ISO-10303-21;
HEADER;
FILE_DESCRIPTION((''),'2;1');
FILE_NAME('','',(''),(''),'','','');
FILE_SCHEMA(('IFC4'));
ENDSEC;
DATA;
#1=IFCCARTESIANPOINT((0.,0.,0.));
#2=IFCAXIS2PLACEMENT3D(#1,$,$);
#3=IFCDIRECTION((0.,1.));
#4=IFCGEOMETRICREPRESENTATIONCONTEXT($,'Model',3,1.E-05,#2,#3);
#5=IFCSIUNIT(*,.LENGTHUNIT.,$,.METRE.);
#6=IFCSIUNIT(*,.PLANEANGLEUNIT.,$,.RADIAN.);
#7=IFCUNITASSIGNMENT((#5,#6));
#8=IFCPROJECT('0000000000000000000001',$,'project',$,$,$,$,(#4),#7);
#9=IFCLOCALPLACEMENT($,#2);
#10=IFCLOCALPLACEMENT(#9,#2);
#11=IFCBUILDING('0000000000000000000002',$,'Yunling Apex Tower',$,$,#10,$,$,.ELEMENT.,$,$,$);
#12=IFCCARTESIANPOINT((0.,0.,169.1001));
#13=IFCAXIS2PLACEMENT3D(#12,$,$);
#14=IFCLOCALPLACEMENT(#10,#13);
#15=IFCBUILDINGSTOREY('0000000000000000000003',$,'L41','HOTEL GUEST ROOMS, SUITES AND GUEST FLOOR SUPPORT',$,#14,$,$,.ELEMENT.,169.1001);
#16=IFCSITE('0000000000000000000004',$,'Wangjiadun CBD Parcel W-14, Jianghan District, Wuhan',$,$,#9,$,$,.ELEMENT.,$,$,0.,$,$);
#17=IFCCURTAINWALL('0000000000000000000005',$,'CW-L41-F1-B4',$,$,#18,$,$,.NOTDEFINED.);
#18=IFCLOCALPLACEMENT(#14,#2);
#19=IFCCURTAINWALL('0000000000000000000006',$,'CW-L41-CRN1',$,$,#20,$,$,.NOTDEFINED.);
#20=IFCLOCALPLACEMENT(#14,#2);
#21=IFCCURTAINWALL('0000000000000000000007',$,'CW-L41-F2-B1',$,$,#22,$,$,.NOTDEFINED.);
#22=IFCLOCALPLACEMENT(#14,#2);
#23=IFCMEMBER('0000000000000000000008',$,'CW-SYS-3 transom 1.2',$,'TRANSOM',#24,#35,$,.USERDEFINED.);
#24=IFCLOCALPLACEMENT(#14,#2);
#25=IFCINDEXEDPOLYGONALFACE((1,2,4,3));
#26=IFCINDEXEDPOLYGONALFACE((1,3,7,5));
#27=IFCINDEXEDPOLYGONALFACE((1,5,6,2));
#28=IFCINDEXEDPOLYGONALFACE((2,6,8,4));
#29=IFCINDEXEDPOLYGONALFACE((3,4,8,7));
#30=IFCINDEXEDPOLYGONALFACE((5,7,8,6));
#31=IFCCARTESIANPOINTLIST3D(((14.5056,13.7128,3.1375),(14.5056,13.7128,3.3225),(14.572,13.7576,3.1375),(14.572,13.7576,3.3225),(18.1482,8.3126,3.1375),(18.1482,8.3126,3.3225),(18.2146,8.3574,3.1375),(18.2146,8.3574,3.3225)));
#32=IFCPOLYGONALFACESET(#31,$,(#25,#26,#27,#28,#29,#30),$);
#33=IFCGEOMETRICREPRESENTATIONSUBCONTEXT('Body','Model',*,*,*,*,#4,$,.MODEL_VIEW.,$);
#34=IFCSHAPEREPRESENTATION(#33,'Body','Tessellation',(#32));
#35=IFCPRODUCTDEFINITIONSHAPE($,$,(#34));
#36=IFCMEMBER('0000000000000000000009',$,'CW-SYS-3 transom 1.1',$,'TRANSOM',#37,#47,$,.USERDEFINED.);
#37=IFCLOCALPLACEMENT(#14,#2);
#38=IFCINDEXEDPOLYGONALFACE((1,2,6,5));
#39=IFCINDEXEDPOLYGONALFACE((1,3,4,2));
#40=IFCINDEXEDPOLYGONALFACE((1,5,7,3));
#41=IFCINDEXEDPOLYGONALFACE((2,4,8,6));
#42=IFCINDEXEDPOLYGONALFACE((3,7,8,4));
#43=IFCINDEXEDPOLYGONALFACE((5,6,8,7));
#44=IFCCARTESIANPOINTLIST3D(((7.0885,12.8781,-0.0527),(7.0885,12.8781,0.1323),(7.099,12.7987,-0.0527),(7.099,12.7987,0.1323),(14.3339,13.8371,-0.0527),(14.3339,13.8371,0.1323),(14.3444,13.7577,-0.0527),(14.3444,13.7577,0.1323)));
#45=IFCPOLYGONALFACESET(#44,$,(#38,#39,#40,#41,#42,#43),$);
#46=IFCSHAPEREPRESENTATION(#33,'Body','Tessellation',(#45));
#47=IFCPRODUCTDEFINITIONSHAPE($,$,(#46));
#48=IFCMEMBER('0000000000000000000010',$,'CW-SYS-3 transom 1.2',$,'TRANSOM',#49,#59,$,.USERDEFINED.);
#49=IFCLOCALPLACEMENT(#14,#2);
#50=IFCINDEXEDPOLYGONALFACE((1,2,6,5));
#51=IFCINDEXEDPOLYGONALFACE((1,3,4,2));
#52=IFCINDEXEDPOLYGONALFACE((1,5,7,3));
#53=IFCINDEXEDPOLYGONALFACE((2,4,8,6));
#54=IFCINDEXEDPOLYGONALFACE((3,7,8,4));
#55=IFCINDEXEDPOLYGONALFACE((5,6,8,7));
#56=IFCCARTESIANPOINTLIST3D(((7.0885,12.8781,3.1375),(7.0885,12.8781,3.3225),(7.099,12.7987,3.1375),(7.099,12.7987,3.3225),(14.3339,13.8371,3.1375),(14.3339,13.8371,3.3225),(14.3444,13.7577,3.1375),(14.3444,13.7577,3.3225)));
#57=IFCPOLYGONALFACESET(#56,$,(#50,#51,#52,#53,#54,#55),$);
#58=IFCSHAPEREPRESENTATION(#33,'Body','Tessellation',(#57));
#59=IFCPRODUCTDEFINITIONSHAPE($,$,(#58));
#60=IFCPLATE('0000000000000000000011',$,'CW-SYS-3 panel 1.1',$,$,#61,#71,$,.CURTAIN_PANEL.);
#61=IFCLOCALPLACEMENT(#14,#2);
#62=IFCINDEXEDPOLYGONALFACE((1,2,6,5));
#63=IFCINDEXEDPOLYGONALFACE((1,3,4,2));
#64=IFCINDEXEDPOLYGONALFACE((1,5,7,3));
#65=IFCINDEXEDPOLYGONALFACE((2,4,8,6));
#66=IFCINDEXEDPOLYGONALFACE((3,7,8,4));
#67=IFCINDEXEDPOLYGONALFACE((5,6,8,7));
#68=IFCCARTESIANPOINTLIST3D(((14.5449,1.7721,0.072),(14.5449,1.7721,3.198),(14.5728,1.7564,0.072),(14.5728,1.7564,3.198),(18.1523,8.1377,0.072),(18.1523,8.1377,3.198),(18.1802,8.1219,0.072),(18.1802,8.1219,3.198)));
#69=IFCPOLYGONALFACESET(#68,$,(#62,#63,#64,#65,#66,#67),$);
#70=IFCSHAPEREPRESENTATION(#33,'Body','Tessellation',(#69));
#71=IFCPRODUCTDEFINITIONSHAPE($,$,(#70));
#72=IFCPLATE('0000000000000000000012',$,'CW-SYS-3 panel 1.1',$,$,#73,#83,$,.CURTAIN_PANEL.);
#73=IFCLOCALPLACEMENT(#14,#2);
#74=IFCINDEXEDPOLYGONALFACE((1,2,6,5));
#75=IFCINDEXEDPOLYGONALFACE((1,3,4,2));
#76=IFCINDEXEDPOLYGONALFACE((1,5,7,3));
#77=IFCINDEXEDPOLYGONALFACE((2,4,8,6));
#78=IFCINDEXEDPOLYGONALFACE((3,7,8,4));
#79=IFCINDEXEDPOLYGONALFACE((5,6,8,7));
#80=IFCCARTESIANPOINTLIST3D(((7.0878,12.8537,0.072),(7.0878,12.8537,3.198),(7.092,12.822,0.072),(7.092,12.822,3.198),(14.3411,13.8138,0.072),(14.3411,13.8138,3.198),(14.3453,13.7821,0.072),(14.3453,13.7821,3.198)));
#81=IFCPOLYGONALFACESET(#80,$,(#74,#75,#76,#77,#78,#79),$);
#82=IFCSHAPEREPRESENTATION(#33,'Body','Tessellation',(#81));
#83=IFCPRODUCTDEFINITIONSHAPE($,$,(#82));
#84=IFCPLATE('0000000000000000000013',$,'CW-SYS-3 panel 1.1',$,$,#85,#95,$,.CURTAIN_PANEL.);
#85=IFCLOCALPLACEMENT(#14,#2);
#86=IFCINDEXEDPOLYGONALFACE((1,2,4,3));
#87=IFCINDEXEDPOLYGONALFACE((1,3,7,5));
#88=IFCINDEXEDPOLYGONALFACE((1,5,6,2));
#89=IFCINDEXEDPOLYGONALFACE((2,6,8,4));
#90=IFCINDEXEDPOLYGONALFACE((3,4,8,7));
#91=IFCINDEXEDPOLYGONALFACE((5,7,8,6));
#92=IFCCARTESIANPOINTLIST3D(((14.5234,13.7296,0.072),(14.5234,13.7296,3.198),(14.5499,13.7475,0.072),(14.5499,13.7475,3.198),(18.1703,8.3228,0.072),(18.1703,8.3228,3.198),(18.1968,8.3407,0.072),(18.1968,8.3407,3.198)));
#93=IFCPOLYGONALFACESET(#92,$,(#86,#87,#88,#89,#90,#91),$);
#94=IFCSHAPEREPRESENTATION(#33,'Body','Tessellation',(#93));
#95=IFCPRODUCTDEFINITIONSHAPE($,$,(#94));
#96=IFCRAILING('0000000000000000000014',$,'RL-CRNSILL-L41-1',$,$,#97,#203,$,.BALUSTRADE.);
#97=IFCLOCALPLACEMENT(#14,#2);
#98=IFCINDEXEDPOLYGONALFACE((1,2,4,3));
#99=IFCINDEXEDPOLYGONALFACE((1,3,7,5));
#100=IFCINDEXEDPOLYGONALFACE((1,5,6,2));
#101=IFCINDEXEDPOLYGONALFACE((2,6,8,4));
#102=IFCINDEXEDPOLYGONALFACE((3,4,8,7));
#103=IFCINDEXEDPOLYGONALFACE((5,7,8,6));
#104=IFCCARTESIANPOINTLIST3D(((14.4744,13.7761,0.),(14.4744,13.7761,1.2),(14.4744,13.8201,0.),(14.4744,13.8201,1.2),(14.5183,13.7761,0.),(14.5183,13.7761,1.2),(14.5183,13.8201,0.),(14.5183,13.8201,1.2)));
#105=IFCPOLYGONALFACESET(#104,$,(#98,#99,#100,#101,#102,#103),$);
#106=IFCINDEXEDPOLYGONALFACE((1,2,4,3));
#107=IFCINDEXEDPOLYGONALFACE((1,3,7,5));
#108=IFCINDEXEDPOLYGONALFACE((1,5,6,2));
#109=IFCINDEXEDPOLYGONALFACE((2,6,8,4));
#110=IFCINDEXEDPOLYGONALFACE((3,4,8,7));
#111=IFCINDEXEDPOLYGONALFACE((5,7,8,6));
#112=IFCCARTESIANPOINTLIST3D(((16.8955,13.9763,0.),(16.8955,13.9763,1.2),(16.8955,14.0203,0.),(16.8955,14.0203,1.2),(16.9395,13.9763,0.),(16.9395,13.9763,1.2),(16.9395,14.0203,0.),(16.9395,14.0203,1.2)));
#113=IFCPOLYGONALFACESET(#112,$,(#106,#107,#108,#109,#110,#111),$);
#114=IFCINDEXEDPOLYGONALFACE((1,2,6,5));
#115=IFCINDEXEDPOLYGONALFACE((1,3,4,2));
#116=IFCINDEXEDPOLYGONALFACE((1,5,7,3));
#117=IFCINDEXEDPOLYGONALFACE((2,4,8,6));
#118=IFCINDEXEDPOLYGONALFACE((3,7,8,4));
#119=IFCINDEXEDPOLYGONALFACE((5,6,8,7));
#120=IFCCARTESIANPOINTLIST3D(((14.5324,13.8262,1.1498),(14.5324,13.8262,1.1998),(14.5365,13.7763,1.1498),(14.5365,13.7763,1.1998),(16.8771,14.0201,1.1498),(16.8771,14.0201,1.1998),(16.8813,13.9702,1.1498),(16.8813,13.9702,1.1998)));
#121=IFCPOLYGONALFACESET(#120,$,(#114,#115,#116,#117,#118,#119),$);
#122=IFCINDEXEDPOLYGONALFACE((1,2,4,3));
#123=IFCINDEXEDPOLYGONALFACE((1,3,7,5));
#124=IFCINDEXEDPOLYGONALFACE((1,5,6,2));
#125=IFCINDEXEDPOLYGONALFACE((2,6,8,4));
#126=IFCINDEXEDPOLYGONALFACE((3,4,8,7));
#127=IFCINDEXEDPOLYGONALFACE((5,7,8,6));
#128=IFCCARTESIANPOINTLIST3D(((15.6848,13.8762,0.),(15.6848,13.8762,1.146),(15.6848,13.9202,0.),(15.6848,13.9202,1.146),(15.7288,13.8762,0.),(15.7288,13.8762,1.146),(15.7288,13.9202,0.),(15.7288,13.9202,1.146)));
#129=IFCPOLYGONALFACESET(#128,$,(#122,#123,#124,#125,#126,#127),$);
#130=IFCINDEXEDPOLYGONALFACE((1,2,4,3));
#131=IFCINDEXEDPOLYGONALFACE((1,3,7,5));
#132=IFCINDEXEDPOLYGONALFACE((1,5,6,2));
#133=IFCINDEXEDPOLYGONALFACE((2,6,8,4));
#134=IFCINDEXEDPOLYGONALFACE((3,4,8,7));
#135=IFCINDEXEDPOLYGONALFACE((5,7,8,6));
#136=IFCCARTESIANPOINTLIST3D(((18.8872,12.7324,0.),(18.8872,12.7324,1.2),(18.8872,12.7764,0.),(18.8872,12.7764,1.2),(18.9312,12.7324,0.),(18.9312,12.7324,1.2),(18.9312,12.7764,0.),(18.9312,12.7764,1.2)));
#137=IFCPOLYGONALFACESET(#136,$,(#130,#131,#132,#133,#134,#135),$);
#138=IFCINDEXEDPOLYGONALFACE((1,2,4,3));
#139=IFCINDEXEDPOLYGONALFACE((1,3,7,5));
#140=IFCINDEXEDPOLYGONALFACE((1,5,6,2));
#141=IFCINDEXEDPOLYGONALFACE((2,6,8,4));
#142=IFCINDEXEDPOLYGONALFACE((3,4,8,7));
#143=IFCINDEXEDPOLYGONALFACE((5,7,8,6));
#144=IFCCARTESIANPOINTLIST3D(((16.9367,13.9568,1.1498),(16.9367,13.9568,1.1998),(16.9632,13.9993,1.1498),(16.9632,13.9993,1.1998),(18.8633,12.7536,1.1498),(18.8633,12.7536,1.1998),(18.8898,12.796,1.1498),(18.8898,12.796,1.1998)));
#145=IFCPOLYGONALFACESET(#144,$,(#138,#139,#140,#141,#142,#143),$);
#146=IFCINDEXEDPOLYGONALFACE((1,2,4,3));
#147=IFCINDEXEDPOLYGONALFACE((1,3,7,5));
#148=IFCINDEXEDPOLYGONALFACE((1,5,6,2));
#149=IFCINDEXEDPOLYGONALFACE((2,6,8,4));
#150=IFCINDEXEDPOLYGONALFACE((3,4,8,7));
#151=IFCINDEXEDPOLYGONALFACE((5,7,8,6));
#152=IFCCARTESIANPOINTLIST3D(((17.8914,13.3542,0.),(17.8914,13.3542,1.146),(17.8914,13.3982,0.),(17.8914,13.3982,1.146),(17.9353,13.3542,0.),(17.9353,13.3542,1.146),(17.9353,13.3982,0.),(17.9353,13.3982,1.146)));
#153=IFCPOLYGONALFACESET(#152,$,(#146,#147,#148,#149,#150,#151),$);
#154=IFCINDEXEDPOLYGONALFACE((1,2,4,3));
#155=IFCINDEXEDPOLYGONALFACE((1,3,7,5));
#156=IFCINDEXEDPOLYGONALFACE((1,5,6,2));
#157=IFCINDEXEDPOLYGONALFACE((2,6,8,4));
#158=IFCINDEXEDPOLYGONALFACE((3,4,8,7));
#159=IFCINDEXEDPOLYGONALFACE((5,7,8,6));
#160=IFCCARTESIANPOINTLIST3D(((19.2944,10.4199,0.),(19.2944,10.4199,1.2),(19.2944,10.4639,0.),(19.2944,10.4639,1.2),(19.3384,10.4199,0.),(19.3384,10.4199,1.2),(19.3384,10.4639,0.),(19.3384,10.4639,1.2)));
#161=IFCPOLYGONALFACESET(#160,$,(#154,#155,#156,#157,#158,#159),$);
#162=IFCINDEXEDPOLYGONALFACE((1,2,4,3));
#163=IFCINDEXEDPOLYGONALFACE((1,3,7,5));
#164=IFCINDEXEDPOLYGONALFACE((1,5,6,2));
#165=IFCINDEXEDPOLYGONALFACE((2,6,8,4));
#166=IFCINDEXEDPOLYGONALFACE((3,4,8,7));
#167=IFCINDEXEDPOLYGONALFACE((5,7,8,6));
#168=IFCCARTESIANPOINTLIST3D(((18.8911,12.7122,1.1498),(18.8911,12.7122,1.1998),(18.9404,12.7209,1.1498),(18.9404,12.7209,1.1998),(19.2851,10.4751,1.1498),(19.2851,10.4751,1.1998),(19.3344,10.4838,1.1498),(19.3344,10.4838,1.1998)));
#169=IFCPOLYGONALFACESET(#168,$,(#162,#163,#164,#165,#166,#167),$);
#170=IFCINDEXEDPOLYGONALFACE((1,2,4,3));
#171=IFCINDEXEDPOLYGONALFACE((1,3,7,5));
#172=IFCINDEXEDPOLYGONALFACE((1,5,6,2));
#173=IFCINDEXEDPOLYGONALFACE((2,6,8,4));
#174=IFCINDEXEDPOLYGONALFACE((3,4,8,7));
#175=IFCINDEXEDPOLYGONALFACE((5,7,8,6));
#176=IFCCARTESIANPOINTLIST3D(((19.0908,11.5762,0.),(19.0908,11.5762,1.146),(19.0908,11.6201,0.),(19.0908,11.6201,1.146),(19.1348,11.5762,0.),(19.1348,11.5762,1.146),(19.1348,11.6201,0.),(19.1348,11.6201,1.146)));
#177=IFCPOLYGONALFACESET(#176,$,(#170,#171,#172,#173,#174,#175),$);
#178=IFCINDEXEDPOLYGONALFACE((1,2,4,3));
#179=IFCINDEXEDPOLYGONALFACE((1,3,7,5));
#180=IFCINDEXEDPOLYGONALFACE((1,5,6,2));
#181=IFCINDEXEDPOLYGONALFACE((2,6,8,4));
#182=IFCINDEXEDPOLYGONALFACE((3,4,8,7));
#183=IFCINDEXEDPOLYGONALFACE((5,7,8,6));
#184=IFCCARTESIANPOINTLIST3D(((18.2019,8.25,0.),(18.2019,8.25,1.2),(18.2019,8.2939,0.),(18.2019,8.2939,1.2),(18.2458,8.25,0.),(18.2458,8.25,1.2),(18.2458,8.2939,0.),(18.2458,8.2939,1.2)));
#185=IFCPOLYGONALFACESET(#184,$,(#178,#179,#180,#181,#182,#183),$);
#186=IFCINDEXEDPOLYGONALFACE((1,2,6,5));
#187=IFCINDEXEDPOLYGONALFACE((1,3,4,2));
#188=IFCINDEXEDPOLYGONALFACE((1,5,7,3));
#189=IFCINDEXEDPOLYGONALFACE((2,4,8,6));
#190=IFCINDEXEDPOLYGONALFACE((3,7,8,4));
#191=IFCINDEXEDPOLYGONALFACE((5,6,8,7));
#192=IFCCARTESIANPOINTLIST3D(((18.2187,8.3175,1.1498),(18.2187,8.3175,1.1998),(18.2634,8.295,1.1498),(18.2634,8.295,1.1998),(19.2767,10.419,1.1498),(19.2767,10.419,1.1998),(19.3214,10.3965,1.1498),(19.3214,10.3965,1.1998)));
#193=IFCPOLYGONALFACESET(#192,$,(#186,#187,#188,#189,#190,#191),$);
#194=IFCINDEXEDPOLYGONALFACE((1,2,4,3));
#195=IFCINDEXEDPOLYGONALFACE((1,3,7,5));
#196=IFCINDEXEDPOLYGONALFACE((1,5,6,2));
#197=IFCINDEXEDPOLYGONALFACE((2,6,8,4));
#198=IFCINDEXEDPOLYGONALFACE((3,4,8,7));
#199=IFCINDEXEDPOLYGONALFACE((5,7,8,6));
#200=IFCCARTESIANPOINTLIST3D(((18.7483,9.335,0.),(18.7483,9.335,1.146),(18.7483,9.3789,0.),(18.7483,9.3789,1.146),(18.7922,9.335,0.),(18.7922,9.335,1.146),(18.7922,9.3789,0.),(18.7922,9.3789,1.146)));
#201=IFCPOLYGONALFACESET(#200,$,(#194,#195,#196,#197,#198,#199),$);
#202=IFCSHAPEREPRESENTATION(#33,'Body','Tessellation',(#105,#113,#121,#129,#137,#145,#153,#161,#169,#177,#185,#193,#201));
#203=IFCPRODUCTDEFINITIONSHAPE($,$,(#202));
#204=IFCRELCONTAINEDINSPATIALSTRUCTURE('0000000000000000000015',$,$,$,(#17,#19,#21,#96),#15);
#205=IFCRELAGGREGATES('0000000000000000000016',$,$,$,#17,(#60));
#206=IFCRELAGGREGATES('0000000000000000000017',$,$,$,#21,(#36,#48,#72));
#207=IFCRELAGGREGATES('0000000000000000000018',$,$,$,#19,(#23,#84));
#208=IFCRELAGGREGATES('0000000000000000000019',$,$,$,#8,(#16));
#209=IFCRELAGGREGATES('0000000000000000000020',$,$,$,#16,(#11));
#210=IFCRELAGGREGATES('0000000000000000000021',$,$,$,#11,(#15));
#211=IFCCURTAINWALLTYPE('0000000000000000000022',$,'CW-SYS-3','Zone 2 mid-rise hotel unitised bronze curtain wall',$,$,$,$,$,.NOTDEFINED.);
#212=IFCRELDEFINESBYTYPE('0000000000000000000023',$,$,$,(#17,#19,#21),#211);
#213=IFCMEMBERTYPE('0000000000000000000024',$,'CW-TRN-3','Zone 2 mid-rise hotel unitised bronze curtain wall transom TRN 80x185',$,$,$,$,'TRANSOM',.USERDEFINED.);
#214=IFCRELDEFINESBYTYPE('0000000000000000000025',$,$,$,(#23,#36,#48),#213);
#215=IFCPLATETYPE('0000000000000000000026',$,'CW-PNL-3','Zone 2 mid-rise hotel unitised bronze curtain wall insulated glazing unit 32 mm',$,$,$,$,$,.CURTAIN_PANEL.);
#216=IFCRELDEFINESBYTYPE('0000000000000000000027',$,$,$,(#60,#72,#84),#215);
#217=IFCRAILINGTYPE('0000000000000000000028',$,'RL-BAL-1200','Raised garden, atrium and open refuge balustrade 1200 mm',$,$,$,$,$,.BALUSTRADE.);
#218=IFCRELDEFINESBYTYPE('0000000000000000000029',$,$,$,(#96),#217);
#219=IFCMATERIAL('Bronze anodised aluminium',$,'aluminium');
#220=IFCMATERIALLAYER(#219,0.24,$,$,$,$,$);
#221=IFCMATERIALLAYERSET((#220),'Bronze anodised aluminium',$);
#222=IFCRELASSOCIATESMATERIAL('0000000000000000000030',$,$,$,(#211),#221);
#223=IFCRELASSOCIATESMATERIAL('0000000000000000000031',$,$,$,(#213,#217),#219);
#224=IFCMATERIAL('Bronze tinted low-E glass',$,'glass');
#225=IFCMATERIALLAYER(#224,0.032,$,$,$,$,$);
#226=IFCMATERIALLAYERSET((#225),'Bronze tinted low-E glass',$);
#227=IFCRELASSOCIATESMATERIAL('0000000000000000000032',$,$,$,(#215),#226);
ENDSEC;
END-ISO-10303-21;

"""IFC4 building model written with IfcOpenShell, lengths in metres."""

from ifc_helpers import new_model, si_unit, direction, frame, origin, origin_2d, place, context, subcontext, project, spatial, rectangle, extrude, source, transform, mapped, material, layer, layer_set, material_profile, profile_set, type_object, element, aggregate, save


model = new_model("IFC4")

# Units and contexts
model_context = context("Model", 3, precision=1e-05, world=origin(), true_north=direction((0.0, 1.0)))
body_context = subcontext(model_context, "Body", "Model", "MODEL_VIEW")
ifc_project = project(units=[si_unit("LENGTHUNIT", "METRE"), si_unit("PLANEANGLEUNIT", "RADIAN")], contexts=[model_context])

# Site, building, storey
site_placement = place(None, origin())
site = spatial("IfcSite", under=ifc_project, at=site_placement, Name="Wangjiadun CBD Parcel W-14, Jianghan District, Wuhan", CompositionType="ELEMENT", RefElevation=0.0)
building_placement = place(site_placement, origin())
building = spatial("IfcBuilding", under=site, at=building_placement, Name="Yunling Apex Tower", CompositionType="ELEMENT")
storey_placement = place(building_placement, frame((0.0, 0.0, 169.1001)))
storey = spatial("IfcBuildingStorey", under=building, at=storey_placement, Name="L41", Description="HOTEL GUEST ROOMS, SUITES AND GUEST FLOOR SUPPORT", CompositionType="ELEMENT", Elevation=169.1001)

# Shared definitions
ifc_material_1 = material(Name="Bronze anodised aluminium", Category="aluminium")
ifc_layer_1 = layer(ifc_material_1, 0.24)
ifc_layer_set_1 = layer_set([ifc_layer_1], Name="Bronze anodised aluminium")
curtain_wall_type = type_object("IfcCurtainWallType", Name="CW-SYS-3", Description="Zone 2 mid-rise hotel unitised bronze curtain wall", PredefinedType="NOTDEFINED", material=ifc_layer_set_1)

# Curtain walls
curtain_wall_1_placement = place(storey_placement, origin())
curtain_wall_1 = element("IfcCurtainWall", 1, at=curtain_wall_1_placement, inside=storey, type_object=curtain_wall_type, Name="CW-L41-F1-B4", PredefinedType="NOTDEFINED")
curtain_wall_2_placement = place(storey_placement, origin())
curtain_wall_2 = element("IfcCurtainWall", 2, at=curtain_wall_2_placement, inside=storey, type_object=curtain_wall_type, Name="CW-L41-CRN1", PredefinedType="NOTDEFINED")
curtain_wall_3_placement = place(storey_placement, origin())
curtain_wall_3 = element("IfcCurtainWall", 3, at=curtain_wall_3_placement, inside=storey, type_object=curtain_wall_type, Name="CW-L41-F2-B1", PredefinedType="NOTDEFINED")
ifc_material_profile_1 = material_profile(ifc_material_1, rectangle(XDim=0.0801, YDim=0.1851, at=origin_2d()))
ifc_profile_set_1 = profile_set([ifc_material_profile_1], Name="Bronze anodised aluminium")
member_type_1 = type_object("IfcMemberType", Name="CW-TRN-3", Description="Zone 2 mid-rise hotel unitised bronze curtain wall transom TRN 80x185", ElementType="TRANSOM", PredefinedType="USERDEFINED", material=ifc_profile_set_1)

# Members
shared_shape_1 = source(origin(), body_context, "Body", "SweptSolid", [
    extrude(rectangle(XDim=0.0801, YDim=0.1851, at=origin_2d()), origin(), (0.0, 0.0, 1.0), 6.5139),
])
member_1_placement = place(storey_placement, frame((18.1814, 8.335, 3.23), z_axis=(-0.559207, 0.829028, 0.0), x_axis=(-0.829028, -0.559207, 0.0)))
member_1 = element("IfcMember", 4, at=member_1_placement, type_object=member_type_1, Name="CW-SYS-3 transom 1.2", ObjectType="TRANSOM", PredefinedType="USERDEFINED", context=body_context, shape_type="MappedRepresentation", body=[
    mapped(shared_shape_1, transform((0.0, 0.0, 0.0), scale=1.0)),
])
shared_shape_2 = source(origin(), body_context, "Body", "SweptSolid", [
    extrude(rectangle(XDim=0.0801, YDim=0.1851, at=origin_2d()), origin(), (0.0, 0.0, 1.0), 7.3086),
])
member_2_placement = place(storey_placement, frame((14.3391, 13.7974, 0.0398), z_axis=(-0.991354, -0.131214, 0.0), x_axis=(0.131214, -0.991354, 0.0)))
member_2 = element("IfcMember", 5, at=member_2_placement, type_object=member_type_1, Name="CW-SYS-3 transom 1.1", ObjectType="TRANSOM", PredefinedType="USERDEFINED", context=body_context, shape_type="MappedRepresentation", body=[
    mapped(shared_shape_2, transform((0.0, 0.0, 0.0), scale=1.0)),
])
member_3_placement = place(storey_placement, frame((14.3391, 13.7974, 3.23), z_axis=(-0.991354, -0.131214, 0.0), x_axis=(0.131214, -0.991354, 0.0)))
member_3 = element("IfcMember", 6, at=member_3_placement, type_object=member_type_1, Name="CW-SYS-3 transom 1.2", ObjectType="TRANSOM", PredefinedType="USERDEFINED", context=body_context, shape_type="MappedRepresentation", body=[
    mapped(shared_shape_2, transform((0.0, 0.0, 0.0), scale=1.0)),
])

# Plates
ifc_material_2 = material(Name="Bronze tinted low-E glass", Category="glass")
ifc_layer_2 = layer(ifc_material_2, 0.032)
ifc_layer_set_2 = layer_set([ifc_layer_2], Name="Bronze tinted low-E glass")
plate_type = type_object("IfcPlateType", Name="CW-PNL-3", Description="Zone 2 mid-rise hotel unitised bronze curtain wall insulated glazing unit 32 mm", PredefinedType="CURTAIN_PANEL", material=ifc_layer_set_2)
shared_shape_3 = source(origin(), body_context, "Body", "SweptSolid", [
    extrude(rectangle(XDim=7.3167, YDim=0.032, at=origin_2d()), origin(), (0.0, 0.0, 1.0), 3.126),
])
plate_1_placement = place(storey_placement, frame((16.3625, 4.947, 0.072), z_axis=(0.0, 0.0, 1.0), x_axis=(0.493041, 0.870006, 0.0)))
plate_1 = element("IfcPlate", 7, at=plate_1_placement, type_object=plate_type, Name="CW-SYS-3 panel 1.1", PredefinedType="CURTAIN_PANEL", context=body_context, shape_type="MappedRepresentation", body=[
    mapped(shared_shape_3, transform((0.0, 0.0, 0.0), scale=1.0)),
])
aggregate(curtain_wall_1, [plate_1])
plate_2_placement = place(storey_placement, frame((10.7166, 13.3179, 0.072), z_axis=(0.0, 0.0, 1.0), x_axis=(-0.991353, -0.131222, 0.0)))
plate_2 = element("IfcPlate", 8, at=plate_2_placement, type_object=plate_type, Name="CW-SYS-3 panel 1.1", PredefinedType="CURTAIN_PANEL", context=body_context, shape_type="MappedRepresentation", body=[
    mapped(shared_shape_3, transform((0.0, 0.0, 0.0), scale=1.0)),
])
aggregate(curtain_wall_3, [member_2, member_3, plate_2])
shared_shape_4 = source(origin(), body_context, "Body", "SweptSolid", [
    extrude(rectangle(XDim=6.5217, YDim=0.032, at=origin_2d()), origin(), (0.0, 0.0, 1.0), 3.126),
])
plate_3_placement = place(storey_placement, frame((16.3601, 11.0352, 0.072), z_axis=(0.0, 0.0, 1.0), x_axis=(-0.559193, 0.829038, 0.0)))
plate_3 = element("IfcPlate", 9, at=plate_3_placement, type_object=plate_type, Name="CW-SYS-3 panel 1.1", PredefinedType="CURTAIN_PANEL", context=body_context, shape_type="MappedRepresentation", body=[
    mapped(shared_shape_4, transform((0.0, 0.0, 0.0), scale=1.0)),
])
aggregate(curtain_wall_2, [member_1, plate_3])

# Railing
railing_type = type_object("IfcRailingType", Name="RL-BAL-1200", Description="Raised garden, atrium and open refuge balustrade 1200 mm", PredefinedType="BALUSTRADE", material=ifc_material_1)
railing_1_placement = place(storey_placement, frame((14.4963, 13.7981, 0.0)))
element("IfcRailing", 10, at=railing_1_placement, inside=storey, type_object=railing_type, Name="RL-CRNSILL-L41-1", PredefinedType="BALUSTRADE", context=body_context, shape_type="SweptSolid", body=[
    extrude(rectangle(XDim=0.0439, YDim=0.0439, at=origin_2d()), origin(), (0.0, 0.0, 1.0), 1.2),
    extrude(rectangle(XDim=0.0439, YDim=0.0439, at=origin_2d()), frame((2.4211, 0.2002, 0.0)), (0.0, 0.0, 1.0), 1.2),
    extrude(rectangle(XDim=0.05, YDim=0.05, at=origin_2d()), frame((0.0381, 0.0032, 1.1748), z_axis=(0.996599, 0.082405, 0.0), x_axis=(-0.082405, 0.996599, 0.0)), (0.0, 0.0, 1.0), 2.3528),
    extrude(rectangle(XDim=0.0439, YDim=0.0439, at=origin_2d()), frame((1.2104, 0.1001, 0.0)), (0.0, 0.0, 1.0), 1.146),
    extrude(rectangle(XDim=0.0439, YDim=0.0439, at=origin_2d()), frame((4.4128, -1.0437, 0.0)), (0.0, 0.0, 1.0), 1.2),
    extrude(rectangle(XDim=0.05, YDim=0.05, at=origin_2d()), frame((2.4536, 0.1799, 1.1748), z_axis=(0.848173, -0.529719, 0.0), x_axis=(0.529719, 0.848173, 0.0)), (0.0, 0.0, 1.0), 2.2715),
    extrude(rectangle(XDim=0.0439, YDim=0.0439, at=origin_2d()), frame((3.417, -0.4219, 0.0)), (0.0, 0.0, 1.0), 1.146),
    extrude(rectangle(XDim=0.0439, YDim=0.0439, at=origin_2d()), frame((4.8201, -3.3562, 0.0)), (0.0, 0.0, 1.0), 1.2),
    extrude(rectangle(XDim=0.05, YDim=0.05, at=origin_2d()), frame((4.4194, -1.0815, 1.1748), z_axis=(0.173429, -0.984846, 0.0), x_axis=(0.984846, 0.173429, 0.0)), (0.0, 0.0, 1.0), 2.2715),
    extrude(rectangle(XDim=0.0439, YDim=0.0439, at=origin_2d()), frame((4.6165, -2.2, 0.0)), (0.0, 0.0, 1.0), 1.146),
    extrude(rectangle(XDim=0.0439, YDim=0.0439, at=origin_2d()), frame((3.7275, -5.5261, 0.0)), (0.0, 0.0, 1.0), 1.2),
    extrude(rectangle(XDim=0.05, YDim=0.05, at=origin_2d()), frame((4.8027, -3.3904, 1.1748), z_axis=(-0.449704, -0.893178, 0.0), x_axis=(0.893178, -0.449704, 0.0)), (0.0, 0.0, 1.0), 2.3528),
    extrude(rectangle(XDim=0.0439, YDim=0.0439, at=origin_2d()), frame((4.2739, -4.4412, 0.0)), (0.0, 0.0, 1.0), 1.146),
])

save(model, "model.ifc")
